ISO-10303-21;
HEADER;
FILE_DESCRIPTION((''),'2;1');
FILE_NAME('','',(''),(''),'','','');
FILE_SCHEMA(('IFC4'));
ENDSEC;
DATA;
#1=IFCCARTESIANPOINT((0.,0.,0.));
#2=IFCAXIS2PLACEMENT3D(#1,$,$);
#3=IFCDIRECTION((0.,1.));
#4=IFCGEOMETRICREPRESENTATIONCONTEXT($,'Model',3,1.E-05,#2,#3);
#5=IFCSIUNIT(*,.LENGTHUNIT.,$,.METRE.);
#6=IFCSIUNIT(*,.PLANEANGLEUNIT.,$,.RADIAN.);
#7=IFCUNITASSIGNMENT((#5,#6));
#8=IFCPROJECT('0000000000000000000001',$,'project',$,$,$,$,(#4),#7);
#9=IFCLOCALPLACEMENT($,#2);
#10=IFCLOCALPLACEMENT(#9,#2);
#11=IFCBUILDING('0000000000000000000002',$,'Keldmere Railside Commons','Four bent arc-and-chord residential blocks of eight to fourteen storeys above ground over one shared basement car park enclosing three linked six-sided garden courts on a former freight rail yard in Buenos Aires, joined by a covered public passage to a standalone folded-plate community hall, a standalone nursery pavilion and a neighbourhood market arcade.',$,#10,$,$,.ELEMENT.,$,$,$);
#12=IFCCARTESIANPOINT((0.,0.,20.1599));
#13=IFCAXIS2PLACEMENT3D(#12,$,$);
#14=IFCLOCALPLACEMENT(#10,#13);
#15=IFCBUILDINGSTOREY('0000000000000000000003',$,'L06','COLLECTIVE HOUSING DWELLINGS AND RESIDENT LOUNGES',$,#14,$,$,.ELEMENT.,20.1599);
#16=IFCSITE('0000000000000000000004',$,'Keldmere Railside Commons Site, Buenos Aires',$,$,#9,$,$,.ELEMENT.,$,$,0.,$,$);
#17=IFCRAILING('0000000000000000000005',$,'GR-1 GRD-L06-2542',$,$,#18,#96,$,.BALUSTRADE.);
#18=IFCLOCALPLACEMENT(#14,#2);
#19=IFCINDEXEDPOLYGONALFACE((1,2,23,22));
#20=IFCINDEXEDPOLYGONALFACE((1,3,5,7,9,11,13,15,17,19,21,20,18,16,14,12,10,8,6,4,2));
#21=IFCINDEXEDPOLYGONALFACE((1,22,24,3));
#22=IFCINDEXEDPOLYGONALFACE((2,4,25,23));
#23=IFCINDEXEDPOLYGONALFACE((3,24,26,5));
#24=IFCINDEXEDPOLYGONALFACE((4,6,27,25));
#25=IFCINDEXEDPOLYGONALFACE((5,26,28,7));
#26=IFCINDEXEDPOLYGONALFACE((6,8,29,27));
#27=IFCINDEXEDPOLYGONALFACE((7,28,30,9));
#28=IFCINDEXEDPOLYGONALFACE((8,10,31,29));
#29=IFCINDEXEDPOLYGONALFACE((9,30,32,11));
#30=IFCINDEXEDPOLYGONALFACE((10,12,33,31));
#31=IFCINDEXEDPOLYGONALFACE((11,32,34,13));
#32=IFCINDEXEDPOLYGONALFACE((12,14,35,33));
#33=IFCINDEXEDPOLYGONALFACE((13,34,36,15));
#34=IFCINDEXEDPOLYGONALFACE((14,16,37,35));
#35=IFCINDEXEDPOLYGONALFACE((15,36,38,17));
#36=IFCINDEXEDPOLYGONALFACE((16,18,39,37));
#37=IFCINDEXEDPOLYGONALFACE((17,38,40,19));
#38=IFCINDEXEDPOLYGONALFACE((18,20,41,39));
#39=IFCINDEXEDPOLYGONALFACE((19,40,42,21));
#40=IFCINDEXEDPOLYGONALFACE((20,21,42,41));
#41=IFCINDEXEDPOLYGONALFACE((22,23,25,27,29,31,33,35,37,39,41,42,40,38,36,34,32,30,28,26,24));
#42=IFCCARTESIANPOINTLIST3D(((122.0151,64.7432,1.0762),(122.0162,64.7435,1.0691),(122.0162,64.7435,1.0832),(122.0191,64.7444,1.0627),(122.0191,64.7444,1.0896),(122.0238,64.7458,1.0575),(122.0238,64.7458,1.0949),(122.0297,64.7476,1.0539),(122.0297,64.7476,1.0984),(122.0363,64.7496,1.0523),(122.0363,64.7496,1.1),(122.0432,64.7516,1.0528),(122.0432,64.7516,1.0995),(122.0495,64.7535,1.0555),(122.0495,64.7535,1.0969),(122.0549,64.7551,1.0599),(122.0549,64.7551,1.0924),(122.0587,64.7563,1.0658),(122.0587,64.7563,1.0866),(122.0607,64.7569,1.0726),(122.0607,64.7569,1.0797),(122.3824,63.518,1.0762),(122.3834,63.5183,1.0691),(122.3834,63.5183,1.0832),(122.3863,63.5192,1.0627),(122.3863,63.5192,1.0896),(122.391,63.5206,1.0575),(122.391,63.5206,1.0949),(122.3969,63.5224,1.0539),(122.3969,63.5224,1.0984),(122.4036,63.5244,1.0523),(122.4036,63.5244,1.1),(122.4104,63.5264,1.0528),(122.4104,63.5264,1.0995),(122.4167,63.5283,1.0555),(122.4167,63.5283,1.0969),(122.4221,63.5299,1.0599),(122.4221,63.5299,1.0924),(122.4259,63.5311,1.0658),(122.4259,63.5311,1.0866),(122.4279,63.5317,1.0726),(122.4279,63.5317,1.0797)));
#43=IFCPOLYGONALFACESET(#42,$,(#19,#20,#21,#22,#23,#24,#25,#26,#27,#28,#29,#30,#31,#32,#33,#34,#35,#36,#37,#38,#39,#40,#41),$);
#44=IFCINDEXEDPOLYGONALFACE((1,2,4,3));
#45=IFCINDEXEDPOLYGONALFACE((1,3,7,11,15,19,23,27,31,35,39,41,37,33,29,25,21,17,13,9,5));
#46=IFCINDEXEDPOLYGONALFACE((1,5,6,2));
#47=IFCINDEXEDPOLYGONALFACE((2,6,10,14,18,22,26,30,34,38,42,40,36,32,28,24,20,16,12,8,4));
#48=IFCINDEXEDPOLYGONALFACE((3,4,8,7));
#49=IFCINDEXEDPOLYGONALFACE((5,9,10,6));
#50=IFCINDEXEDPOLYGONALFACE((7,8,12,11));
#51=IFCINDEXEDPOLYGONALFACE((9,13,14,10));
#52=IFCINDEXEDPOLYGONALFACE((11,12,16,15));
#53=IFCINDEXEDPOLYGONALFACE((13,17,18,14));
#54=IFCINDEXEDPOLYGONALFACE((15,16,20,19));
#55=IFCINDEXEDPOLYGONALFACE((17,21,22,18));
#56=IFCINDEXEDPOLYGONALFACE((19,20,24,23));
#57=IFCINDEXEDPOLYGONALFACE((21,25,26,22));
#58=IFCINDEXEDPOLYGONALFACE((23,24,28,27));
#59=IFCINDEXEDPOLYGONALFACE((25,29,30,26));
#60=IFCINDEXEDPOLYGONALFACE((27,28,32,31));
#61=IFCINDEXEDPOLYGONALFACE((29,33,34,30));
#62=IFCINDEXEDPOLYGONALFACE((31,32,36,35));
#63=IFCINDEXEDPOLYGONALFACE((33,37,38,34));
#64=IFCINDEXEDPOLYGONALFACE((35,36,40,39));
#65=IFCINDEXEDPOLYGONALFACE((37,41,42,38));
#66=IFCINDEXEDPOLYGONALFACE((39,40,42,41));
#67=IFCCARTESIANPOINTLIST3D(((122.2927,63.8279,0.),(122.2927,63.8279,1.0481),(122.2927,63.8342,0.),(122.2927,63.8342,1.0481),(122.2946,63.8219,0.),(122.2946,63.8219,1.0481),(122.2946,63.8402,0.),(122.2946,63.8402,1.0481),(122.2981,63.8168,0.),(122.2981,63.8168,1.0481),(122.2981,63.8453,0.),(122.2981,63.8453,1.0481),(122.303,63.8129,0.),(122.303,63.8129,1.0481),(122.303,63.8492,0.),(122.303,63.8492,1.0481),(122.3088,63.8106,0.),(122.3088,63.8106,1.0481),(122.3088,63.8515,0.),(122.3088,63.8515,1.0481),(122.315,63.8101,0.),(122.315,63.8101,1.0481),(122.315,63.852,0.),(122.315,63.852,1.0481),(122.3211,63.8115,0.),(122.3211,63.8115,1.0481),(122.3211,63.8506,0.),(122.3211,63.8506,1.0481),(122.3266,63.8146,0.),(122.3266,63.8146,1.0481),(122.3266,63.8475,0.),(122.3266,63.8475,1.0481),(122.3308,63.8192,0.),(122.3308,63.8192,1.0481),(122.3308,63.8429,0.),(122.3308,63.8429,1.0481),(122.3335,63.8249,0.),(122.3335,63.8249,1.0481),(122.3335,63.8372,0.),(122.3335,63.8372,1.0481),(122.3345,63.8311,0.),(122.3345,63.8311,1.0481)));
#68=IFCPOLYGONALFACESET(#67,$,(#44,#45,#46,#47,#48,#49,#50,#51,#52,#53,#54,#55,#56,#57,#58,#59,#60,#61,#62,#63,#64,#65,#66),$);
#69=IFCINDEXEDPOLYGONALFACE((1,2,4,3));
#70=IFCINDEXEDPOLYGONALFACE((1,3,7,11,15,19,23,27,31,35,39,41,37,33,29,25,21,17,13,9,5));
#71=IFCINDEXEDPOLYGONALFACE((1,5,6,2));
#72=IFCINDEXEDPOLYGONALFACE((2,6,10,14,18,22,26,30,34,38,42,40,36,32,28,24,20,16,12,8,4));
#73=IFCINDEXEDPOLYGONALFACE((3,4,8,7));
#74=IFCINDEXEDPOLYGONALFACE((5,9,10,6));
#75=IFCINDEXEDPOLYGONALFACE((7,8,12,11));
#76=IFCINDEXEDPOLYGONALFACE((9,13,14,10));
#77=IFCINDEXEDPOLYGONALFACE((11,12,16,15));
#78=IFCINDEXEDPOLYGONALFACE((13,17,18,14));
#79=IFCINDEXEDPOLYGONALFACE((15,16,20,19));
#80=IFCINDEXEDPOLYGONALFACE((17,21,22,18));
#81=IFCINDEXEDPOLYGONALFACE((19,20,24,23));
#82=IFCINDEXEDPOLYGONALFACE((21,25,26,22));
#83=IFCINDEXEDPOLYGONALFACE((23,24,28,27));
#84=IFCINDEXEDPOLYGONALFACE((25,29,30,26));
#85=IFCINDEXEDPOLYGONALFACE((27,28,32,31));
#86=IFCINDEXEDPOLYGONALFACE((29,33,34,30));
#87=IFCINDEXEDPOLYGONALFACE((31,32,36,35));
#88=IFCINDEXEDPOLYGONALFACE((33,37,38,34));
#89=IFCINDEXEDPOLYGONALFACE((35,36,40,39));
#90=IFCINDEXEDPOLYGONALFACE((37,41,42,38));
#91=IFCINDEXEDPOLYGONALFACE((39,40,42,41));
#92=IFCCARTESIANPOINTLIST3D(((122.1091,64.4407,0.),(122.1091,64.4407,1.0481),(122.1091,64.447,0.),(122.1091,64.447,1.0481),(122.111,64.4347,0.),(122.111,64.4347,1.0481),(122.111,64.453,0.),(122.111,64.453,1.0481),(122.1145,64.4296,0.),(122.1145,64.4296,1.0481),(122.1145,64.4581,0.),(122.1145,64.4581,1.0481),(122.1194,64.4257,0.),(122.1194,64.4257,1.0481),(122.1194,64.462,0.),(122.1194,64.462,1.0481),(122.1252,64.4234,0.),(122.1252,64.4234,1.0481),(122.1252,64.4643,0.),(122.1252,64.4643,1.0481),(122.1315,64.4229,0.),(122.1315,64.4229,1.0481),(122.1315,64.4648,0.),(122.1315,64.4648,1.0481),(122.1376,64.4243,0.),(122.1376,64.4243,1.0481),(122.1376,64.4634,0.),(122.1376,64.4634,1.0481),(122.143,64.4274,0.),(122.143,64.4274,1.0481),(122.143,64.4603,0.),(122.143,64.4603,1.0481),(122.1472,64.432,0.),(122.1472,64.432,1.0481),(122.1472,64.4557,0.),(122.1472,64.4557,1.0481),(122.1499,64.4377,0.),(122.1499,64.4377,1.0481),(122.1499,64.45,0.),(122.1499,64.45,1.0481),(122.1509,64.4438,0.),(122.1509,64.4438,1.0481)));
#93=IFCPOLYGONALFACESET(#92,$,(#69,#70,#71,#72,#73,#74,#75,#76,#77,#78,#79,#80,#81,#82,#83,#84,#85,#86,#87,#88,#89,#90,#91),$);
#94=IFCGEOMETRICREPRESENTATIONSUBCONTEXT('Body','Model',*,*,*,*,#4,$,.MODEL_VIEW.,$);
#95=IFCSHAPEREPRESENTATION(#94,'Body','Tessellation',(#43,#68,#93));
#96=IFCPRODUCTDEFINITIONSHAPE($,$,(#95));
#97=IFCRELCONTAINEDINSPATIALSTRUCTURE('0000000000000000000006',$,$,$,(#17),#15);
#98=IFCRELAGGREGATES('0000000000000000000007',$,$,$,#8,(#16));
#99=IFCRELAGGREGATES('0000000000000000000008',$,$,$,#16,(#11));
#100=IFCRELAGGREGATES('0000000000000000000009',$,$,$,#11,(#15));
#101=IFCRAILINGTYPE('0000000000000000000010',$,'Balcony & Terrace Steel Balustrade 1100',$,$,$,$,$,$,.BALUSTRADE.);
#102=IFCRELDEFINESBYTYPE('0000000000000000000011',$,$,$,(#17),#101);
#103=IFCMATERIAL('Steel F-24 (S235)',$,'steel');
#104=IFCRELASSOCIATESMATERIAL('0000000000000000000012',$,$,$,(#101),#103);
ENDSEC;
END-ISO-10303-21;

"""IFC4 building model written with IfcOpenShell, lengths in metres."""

from ifc_helpers import new_model, si_unit, direction, frame, origin, origin_2d, place, context, subcontext, project, spatial, circle, extrude, material, type_object, element, save


model = new_model("IFC4")

# Units and contexts
model_context = context("Model", 3, precision=1e-05, world=origin(), true_north=direction((0.0, 1.0)))
body_context = subcontext(model_context, "Body", "Model", "MODEL_VIEW")
ifc_project = project(units=[si_unit("LENGTHUNIT", "METRE"), si_unit("PLANEANGLEUNIT", "RADIAN")], contexts=[model_context])

# Site, building, storey
site_placement = place(None, origin())
site = spatial("IfcSite", under=ifc_project, at=site_placement, Name="Keldmere Railside Commons Site, Buenos Aires", CompositionType="ELEMENT", RefElevation=0.0)
building_placement = place(site_placement, origin())
building = spatial("IfcBuilding", under=site, at=building_placement, Name="Keldmere Railside Commons", Description="Four bent arc-and-chord residential blocks of eight to fourteen storeys above ground over one shared basement car park enclosing three linked six-sided garden courts on a former freight rail yard in Buenos Aires, joined by a covered public passage to a standalone folded-plate community hall, a standalone nursery pavilion and a neighbourhood market arcade.", CompositionType="ELEMENT")
storey_placement = place(building_placement, frame((0.0, 0.0, 20.1599)))
storey = spatial("IfcBuildingStorey", under=building, at=storey_placement, Name="L06", Description="COLLECTIVE HOUSING DWELLINGS AND RESIDENT LOUNGES", CompositionType="ELEMENT", Elevation=20.1599)

# Railing
ifc_material_1 = material(Name="Steel F-24 (S235)", Category="steel")
railing_type = type_object("IfcRailingType", Name="Balcony & Terrace Steel Balustrade 1100", PredefinedType="BALUSTRADE", material=ifc_material_1)
railing_1_placement = place(storey_placement, frame((122.4053, 63.5249, 0.0)))
element("IfcRailing", 1, at=railing_1_placement, inside=storey, type_object=railing_type, Name="GR-1 GRD-L06-2542", PredefinedType="BALUSTRADE", context=body_context, shape_type="SweptSolid", body=[
    extrude(circle(Radius=0.0239, at=origin_2d()), frame((0.0, 0.0, 1.0762), z_axis=(-0.287103, 0.9579, 0.0), x_axis=(-0.9579, -0.287103, 0.0)), (0.0, 0.0, 1.0), 1.2791),
    extrude(circle(Radius=0.021, at=origin_2d()), frame((-0.0918, 0.3062, 0.0)), (0.0, 0.0, 1.0), 1.0481),
    extrude(circle(Radius=0.021, at=origin_2d()), frame((-0.2754, 0.9189, 0.0)), (0.0, 0.0, 1.0), 1.0481),
])

save(model, "model.ifc")
